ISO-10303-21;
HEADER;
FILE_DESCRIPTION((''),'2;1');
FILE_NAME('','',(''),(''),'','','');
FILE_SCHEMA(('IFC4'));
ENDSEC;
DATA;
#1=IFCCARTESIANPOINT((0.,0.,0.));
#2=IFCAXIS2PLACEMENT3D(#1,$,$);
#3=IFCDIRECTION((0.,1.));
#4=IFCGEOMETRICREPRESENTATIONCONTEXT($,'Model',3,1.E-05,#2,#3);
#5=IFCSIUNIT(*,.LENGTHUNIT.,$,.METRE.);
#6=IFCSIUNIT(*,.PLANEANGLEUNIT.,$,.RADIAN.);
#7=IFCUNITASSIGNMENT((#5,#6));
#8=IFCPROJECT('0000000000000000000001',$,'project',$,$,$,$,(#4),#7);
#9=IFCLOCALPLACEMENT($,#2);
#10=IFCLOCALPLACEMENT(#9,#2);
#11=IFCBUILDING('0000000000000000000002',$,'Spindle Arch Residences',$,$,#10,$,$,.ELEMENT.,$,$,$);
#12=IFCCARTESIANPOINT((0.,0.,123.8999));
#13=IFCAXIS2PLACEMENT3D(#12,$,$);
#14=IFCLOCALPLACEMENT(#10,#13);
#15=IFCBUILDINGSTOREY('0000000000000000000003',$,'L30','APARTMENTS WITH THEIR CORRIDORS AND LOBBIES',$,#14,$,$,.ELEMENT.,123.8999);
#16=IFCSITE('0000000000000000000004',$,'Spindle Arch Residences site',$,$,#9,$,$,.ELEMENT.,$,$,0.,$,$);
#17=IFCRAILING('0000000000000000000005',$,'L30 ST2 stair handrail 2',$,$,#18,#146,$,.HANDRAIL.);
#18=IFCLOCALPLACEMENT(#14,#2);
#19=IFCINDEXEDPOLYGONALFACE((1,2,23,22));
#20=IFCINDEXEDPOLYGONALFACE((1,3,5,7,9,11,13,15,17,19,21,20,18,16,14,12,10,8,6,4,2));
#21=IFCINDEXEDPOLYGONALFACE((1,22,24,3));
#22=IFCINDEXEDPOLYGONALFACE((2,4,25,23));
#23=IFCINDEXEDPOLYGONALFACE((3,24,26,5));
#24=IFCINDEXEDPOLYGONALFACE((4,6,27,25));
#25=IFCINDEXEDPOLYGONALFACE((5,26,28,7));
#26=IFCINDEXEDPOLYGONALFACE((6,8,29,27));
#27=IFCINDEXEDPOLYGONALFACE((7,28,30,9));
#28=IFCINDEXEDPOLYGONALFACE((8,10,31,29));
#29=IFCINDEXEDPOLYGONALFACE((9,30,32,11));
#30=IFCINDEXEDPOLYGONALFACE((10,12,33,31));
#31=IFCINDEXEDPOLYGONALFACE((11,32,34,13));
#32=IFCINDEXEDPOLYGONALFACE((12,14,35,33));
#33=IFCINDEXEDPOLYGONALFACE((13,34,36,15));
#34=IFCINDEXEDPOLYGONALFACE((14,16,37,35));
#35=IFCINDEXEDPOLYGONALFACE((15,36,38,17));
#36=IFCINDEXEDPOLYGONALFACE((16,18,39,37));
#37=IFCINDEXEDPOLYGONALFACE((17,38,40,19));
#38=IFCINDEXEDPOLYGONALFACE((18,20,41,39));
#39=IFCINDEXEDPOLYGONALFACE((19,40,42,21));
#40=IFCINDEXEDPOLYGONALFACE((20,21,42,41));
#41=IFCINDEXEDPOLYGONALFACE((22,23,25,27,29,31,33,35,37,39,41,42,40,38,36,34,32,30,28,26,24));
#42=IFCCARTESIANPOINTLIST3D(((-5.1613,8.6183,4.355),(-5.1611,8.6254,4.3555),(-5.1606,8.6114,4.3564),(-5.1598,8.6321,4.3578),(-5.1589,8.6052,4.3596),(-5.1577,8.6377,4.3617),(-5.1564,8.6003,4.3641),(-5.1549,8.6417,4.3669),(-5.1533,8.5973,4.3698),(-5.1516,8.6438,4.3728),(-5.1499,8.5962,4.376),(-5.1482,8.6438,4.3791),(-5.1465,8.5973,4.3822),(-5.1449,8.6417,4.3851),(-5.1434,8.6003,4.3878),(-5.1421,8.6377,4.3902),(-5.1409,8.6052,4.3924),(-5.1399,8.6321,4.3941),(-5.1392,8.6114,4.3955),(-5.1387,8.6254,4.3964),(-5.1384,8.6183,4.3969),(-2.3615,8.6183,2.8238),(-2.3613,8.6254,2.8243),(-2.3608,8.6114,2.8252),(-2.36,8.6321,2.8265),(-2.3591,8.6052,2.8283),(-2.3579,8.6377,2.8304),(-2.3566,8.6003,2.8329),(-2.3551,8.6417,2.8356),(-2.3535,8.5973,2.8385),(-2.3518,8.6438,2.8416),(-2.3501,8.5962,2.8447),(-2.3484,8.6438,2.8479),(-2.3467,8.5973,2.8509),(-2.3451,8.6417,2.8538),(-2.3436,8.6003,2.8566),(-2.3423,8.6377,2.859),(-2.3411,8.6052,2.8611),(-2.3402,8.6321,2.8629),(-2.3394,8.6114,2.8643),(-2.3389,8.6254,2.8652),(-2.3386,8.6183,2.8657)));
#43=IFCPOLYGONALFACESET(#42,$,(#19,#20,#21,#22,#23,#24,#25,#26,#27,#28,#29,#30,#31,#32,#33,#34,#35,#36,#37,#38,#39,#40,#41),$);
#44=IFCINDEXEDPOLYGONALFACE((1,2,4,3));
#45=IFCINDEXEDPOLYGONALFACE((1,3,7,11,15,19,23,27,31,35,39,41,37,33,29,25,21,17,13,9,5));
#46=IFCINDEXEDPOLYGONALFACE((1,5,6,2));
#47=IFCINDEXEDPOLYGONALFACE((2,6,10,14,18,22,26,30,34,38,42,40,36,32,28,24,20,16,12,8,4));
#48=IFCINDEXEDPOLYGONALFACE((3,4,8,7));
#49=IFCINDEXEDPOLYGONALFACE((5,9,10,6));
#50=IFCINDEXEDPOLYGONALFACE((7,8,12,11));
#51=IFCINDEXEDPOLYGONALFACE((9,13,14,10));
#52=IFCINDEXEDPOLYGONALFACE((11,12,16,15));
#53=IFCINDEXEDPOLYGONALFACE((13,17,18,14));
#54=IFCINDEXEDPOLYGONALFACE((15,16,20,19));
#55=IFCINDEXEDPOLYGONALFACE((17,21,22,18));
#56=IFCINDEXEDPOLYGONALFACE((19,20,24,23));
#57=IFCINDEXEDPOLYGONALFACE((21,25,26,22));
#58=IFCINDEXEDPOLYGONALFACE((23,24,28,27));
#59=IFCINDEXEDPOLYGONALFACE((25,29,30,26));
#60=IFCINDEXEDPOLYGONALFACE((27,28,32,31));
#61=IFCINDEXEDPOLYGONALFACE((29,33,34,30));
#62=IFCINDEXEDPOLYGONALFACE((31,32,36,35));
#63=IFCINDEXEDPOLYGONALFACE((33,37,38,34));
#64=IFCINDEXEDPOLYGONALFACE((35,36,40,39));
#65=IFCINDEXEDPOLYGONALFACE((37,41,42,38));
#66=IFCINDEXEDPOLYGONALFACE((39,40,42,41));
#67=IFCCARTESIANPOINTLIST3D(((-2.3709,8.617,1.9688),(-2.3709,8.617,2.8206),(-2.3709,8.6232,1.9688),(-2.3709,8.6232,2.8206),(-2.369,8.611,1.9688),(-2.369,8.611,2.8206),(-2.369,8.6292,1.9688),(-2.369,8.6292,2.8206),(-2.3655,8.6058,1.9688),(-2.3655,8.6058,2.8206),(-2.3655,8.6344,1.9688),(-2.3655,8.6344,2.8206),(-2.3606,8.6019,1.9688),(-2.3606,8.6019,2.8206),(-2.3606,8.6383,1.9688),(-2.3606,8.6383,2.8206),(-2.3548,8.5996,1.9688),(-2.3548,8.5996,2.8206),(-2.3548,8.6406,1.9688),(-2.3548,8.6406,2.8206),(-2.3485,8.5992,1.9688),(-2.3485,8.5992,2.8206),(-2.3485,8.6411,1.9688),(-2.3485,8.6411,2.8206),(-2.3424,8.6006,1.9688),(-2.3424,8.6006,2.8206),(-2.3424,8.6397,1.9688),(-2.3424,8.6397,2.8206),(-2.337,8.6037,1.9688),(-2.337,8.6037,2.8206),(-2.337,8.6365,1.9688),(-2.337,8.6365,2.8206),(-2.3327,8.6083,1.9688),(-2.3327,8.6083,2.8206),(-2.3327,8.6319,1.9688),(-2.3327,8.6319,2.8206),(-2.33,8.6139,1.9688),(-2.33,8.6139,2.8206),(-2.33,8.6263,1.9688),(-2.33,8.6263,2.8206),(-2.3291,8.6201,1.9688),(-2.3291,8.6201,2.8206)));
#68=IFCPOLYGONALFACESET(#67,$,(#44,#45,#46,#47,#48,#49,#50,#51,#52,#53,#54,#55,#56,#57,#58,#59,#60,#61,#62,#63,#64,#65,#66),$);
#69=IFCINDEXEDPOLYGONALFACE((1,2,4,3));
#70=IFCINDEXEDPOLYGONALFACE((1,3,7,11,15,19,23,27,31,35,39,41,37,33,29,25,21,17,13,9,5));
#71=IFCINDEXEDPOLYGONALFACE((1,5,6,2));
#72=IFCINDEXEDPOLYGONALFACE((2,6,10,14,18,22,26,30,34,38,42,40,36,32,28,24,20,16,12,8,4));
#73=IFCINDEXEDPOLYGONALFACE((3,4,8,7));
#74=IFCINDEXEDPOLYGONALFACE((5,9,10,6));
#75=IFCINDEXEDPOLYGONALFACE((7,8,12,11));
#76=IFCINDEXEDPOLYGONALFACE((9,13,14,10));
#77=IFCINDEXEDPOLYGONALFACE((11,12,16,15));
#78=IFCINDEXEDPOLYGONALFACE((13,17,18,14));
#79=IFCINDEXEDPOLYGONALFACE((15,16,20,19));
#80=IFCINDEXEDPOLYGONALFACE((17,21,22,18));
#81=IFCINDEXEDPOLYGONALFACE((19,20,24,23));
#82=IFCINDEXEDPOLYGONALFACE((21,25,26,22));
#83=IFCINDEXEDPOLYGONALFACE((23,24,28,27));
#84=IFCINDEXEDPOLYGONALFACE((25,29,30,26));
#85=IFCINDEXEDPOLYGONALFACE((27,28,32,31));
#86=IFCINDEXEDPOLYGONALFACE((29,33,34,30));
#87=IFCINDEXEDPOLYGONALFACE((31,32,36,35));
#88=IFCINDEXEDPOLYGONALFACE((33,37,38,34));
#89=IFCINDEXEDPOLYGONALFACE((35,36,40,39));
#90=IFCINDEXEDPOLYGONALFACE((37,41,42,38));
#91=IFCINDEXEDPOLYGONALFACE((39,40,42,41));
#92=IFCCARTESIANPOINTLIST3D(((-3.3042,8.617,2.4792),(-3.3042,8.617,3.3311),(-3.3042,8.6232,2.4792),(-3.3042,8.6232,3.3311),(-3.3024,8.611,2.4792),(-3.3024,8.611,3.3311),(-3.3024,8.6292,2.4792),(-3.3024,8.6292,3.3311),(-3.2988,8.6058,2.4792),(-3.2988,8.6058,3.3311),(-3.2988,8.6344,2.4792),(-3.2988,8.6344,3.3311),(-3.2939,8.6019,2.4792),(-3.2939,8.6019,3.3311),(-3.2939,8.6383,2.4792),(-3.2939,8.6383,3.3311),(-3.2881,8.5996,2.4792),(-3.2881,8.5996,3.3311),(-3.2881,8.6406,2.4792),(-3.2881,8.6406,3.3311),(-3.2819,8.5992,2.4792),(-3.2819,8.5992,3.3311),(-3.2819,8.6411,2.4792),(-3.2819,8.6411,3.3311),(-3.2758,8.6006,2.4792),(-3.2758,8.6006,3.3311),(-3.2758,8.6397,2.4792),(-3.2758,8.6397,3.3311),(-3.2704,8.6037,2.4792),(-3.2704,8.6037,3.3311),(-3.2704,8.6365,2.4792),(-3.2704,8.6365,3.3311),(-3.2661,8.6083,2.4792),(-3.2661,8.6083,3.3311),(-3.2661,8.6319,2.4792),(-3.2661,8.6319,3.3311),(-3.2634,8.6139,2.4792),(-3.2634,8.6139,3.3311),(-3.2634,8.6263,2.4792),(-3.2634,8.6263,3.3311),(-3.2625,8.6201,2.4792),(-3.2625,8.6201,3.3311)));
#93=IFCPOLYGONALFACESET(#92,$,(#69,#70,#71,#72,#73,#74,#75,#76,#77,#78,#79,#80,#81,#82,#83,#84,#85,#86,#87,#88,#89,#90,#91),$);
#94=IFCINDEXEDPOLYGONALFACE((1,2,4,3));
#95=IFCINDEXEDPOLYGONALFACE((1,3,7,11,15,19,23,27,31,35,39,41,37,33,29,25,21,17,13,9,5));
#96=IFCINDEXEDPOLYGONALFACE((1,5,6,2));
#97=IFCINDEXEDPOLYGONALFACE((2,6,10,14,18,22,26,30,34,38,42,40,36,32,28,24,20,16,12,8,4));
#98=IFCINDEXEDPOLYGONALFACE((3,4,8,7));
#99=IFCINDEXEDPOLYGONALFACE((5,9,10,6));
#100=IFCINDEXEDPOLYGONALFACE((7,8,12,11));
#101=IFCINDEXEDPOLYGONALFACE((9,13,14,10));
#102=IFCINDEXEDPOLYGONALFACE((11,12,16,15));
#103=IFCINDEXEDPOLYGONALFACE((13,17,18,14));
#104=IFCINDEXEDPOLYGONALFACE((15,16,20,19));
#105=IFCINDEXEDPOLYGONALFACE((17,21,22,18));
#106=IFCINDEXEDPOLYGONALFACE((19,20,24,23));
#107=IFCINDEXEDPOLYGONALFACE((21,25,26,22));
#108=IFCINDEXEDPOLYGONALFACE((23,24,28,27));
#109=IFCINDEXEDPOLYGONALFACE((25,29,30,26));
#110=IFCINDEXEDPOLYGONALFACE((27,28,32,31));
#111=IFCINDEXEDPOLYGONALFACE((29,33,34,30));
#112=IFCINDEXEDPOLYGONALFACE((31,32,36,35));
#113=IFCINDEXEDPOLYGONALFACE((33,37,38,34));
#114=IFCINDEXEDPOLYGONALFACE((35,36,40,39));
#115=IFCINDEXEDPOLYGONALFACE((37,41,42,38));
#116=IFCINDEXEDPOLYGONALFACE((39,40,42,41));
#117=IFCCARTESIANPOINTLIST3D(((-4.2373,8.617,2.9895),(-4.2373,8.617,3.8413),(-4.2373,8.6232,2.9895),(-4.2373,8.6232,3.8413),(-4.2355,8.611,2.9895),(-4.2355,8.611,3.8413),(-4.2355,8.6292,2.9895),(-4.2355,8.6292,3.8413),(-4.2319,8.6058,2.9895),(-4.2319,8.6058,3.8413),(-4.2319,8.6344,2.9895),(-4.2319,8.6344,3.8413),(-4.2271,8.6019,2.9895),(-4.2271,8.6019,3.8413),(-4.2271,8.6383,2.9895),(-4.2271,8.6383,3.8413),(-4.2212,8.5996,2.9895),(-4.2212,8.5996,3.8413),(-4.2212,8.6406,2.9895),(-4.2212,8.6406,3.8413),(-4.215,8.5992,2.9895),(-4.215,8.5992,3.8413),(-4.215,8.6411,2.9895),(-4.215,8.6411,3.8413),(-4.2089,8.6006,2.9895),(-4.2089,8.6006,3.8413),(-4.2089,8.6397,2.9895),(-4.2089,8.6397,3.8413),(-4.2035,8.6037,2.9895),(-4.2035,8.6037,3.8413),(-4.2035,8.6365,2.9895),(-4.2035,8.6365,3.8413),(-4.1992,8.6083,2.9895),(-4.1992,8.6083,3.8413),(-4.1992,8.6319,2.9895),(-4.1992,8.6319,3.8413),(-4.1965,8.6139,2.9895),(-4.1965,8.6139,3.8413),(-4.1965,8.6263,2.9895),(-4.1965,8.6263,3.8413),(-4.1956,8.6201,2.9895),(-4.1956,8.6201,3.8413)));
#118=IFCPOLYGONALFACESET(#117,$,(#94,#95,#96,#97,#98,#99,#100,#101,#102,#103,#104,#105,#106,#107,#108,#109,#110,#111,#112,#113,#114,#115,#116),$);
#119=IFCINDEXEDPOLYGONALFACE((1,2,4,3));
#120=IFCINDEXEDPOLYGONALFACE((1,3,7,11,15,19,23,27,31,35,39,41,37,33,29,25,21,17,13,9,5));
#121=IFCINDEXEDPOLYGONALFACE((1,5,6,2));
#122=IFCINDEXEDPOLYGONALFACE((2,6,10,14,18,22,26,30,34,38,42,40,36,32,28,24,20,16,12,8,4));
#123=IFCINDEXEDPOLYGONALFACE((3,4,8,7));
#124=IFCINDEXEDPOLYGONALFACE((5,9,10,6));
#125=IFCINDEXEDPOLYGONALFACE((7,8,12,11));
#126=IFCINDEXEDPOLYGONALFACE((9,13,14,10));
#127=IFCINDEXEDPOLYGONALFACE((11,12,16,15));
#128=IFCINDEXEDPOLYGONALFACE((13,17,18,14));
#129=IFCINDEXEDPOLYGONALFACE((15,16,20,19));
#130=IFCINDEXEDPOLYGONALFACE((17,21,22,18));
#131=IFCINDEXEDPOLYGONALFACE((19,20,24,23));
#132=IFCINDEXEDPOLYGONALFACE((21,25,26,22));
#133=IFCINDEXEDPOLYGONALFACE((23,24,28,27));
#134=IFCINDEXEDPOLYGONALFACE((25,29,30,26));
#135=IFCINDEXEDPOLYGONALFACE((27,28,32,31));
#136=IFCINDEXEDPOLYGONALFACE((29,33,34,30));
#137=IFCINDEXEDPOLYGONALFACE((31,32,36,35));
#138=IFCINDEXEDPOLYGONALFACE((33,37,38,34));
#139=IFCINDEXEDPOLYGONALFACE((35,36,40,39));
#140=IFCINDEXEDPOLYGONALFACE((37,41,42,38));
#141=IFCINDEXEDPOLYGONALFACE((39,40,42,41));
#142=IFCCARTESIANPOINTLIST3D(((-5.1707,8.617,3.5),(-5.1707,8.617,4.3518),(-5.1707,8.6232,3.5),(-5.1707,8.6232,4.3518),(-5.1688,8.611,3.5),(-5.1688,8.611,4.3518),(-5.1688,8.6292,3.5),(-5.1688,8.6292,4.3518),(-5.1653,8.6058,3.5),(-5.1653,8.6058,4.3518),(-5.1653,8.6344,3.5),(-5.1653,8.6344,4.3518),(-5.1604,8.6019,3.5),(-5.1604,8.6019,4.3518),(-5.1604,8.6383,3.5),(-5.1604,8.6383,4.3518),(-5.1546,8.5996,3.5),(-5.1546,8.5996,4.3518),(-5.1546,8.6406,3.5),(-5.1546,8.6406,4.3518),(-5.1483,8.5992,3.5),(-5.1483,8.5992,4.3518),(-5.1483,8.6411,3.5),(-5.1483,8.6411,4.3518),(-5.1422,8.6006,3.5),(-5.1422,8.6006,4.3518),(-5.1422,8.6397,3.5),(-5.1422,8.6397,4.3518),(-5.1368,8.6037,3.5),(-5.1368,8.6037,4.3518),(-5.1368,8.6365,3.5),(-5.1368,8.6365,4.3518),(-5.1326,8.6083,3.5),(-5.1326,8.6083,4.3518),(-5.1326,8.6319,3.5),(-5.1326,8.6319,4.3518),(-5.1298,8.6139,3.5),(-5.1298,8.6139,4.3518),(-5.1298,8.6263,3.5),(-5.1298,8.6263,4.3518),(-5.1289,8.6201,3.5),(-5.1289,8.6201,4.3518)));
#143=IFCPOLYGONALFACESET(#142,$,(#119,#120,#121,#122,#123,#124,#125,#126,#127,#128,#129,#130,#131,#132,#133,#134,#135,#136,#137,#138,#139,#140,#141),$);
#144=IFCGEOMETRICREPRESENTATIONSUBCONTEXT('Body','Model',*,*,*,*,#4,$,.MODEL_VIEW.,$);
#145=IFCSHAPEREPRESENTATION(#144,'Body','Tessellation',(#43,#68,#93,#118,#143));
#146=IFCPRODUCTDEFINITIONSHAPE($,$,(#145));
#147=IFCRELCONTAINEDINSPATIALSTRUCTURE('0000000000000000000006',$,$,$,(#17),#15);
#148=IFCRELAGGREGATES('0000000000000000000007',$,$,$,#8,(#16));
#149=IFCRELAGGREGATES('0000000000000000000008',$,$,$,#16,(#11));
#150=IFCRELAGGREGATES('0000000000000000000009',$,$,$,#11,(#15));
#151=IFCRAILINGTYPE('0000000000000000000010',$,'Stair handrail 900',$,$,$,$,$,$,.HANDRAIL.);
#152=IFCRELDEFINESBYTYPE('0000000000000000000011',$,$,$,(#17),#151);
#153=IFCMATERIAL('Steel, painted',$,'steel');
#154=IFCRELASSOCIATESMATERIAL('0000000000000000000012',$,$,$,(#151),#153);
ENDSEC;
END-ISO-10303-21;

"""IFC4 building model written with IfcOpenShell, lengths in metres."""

from ifc_helpers import new_model, si_unit, direction, frame, origin, origin_2d, place, context, subcontext, project, spatial, circle, extrude, material, type_object, element, save


model = new_model("IFC4")

# Units and contexts
model_context = context("Model", 3, precision=1e-05, world=origin(), true_north=direction((0.0, 1.0)))
body_context = subcontext(model_context, "Body", "Model", "MODEL_VIEW")
ifc_project = project(units=[si_unit("LENGTHUNIT", "METRE"), si_unit("PLANEANGLEUNIT", "RADIAN")], contexts=[model_context])

# Site, building, storey
site_placement = place(None, origin())
site = spatial("IfcSite", under=ifc_project, at=site_placement, Name="Spindle Arch Residences site", CompositionType="ELEMENT", RefElevation=0.0)
building_placement = place(site_placement, origin())
building = spatial("IfcBuilding", under=site, at=building_placement, Name="Spindle Arch Residences", CompositionType="ELEMENT")
storey_placement = place(building_placement, frame((0.0, 0.0, 123.8999)))
storey = spatial("IfcBuildingStorey", under=building, at=storey_placement, Name="L30", Description="APARTMENTS WITH THEIR CORRIDORS AND LOBBIES", CompositionType="ELEMENT", Elevation=123.8999)

# Railing
ifc_material_1 = material(Name="Steel, painted", Category="steel")
railing_type_1 = type_object("IfcRailingType", Name="Stair handrail 900", PredefinedType="HANDRAIL", material=ifc_material_1)
railing_1_placement = place(storey_placement, frame((-2.3501, 8.6201, 1.9688)))
element("IfcRailing", 1, at=railing_1_placement, inside=storey, type_object=railing_type_1, Name="L30 ST2 stair handrail 2", PredefinedType="HANDRAIL", context=body_context, shape_type="SweptSolid", body=[
    extrude(circle(Radius=0.0239, at=origin_2d()), frame((0.0, 0.0, 0.876), z_axis=(-0.877357, 0.0, 0.479838), x_axis=(0.0, -1.0, 0.0)), (0.0, 0.0, 1.0), 3.1912),
    extrude(circle(Radius=0.021, at=origin_2d()), origin(), (0.0, 0.0, 1.0), 0.8518),
    extrude(circle(Radius=0.021, at=origin_2d()), frame((-0.9333, 0.0, 0.5105)), (0.0, 0.0, 1.0), 0.8518),
    extrude(circle(Radius=0.021, at=origin_2d()), frame((-1.8665, 0.0, 1.0208)), (0.0, 0.0, 1.0), 0.8518),
    extrude(circle(Radius=0.021, at=origin_2d()), frame((-2.7998, 0.0, 1.5312)), (0.0, 0.0, 1.0), 0.8518),
])

save(model, "model.ifc")
